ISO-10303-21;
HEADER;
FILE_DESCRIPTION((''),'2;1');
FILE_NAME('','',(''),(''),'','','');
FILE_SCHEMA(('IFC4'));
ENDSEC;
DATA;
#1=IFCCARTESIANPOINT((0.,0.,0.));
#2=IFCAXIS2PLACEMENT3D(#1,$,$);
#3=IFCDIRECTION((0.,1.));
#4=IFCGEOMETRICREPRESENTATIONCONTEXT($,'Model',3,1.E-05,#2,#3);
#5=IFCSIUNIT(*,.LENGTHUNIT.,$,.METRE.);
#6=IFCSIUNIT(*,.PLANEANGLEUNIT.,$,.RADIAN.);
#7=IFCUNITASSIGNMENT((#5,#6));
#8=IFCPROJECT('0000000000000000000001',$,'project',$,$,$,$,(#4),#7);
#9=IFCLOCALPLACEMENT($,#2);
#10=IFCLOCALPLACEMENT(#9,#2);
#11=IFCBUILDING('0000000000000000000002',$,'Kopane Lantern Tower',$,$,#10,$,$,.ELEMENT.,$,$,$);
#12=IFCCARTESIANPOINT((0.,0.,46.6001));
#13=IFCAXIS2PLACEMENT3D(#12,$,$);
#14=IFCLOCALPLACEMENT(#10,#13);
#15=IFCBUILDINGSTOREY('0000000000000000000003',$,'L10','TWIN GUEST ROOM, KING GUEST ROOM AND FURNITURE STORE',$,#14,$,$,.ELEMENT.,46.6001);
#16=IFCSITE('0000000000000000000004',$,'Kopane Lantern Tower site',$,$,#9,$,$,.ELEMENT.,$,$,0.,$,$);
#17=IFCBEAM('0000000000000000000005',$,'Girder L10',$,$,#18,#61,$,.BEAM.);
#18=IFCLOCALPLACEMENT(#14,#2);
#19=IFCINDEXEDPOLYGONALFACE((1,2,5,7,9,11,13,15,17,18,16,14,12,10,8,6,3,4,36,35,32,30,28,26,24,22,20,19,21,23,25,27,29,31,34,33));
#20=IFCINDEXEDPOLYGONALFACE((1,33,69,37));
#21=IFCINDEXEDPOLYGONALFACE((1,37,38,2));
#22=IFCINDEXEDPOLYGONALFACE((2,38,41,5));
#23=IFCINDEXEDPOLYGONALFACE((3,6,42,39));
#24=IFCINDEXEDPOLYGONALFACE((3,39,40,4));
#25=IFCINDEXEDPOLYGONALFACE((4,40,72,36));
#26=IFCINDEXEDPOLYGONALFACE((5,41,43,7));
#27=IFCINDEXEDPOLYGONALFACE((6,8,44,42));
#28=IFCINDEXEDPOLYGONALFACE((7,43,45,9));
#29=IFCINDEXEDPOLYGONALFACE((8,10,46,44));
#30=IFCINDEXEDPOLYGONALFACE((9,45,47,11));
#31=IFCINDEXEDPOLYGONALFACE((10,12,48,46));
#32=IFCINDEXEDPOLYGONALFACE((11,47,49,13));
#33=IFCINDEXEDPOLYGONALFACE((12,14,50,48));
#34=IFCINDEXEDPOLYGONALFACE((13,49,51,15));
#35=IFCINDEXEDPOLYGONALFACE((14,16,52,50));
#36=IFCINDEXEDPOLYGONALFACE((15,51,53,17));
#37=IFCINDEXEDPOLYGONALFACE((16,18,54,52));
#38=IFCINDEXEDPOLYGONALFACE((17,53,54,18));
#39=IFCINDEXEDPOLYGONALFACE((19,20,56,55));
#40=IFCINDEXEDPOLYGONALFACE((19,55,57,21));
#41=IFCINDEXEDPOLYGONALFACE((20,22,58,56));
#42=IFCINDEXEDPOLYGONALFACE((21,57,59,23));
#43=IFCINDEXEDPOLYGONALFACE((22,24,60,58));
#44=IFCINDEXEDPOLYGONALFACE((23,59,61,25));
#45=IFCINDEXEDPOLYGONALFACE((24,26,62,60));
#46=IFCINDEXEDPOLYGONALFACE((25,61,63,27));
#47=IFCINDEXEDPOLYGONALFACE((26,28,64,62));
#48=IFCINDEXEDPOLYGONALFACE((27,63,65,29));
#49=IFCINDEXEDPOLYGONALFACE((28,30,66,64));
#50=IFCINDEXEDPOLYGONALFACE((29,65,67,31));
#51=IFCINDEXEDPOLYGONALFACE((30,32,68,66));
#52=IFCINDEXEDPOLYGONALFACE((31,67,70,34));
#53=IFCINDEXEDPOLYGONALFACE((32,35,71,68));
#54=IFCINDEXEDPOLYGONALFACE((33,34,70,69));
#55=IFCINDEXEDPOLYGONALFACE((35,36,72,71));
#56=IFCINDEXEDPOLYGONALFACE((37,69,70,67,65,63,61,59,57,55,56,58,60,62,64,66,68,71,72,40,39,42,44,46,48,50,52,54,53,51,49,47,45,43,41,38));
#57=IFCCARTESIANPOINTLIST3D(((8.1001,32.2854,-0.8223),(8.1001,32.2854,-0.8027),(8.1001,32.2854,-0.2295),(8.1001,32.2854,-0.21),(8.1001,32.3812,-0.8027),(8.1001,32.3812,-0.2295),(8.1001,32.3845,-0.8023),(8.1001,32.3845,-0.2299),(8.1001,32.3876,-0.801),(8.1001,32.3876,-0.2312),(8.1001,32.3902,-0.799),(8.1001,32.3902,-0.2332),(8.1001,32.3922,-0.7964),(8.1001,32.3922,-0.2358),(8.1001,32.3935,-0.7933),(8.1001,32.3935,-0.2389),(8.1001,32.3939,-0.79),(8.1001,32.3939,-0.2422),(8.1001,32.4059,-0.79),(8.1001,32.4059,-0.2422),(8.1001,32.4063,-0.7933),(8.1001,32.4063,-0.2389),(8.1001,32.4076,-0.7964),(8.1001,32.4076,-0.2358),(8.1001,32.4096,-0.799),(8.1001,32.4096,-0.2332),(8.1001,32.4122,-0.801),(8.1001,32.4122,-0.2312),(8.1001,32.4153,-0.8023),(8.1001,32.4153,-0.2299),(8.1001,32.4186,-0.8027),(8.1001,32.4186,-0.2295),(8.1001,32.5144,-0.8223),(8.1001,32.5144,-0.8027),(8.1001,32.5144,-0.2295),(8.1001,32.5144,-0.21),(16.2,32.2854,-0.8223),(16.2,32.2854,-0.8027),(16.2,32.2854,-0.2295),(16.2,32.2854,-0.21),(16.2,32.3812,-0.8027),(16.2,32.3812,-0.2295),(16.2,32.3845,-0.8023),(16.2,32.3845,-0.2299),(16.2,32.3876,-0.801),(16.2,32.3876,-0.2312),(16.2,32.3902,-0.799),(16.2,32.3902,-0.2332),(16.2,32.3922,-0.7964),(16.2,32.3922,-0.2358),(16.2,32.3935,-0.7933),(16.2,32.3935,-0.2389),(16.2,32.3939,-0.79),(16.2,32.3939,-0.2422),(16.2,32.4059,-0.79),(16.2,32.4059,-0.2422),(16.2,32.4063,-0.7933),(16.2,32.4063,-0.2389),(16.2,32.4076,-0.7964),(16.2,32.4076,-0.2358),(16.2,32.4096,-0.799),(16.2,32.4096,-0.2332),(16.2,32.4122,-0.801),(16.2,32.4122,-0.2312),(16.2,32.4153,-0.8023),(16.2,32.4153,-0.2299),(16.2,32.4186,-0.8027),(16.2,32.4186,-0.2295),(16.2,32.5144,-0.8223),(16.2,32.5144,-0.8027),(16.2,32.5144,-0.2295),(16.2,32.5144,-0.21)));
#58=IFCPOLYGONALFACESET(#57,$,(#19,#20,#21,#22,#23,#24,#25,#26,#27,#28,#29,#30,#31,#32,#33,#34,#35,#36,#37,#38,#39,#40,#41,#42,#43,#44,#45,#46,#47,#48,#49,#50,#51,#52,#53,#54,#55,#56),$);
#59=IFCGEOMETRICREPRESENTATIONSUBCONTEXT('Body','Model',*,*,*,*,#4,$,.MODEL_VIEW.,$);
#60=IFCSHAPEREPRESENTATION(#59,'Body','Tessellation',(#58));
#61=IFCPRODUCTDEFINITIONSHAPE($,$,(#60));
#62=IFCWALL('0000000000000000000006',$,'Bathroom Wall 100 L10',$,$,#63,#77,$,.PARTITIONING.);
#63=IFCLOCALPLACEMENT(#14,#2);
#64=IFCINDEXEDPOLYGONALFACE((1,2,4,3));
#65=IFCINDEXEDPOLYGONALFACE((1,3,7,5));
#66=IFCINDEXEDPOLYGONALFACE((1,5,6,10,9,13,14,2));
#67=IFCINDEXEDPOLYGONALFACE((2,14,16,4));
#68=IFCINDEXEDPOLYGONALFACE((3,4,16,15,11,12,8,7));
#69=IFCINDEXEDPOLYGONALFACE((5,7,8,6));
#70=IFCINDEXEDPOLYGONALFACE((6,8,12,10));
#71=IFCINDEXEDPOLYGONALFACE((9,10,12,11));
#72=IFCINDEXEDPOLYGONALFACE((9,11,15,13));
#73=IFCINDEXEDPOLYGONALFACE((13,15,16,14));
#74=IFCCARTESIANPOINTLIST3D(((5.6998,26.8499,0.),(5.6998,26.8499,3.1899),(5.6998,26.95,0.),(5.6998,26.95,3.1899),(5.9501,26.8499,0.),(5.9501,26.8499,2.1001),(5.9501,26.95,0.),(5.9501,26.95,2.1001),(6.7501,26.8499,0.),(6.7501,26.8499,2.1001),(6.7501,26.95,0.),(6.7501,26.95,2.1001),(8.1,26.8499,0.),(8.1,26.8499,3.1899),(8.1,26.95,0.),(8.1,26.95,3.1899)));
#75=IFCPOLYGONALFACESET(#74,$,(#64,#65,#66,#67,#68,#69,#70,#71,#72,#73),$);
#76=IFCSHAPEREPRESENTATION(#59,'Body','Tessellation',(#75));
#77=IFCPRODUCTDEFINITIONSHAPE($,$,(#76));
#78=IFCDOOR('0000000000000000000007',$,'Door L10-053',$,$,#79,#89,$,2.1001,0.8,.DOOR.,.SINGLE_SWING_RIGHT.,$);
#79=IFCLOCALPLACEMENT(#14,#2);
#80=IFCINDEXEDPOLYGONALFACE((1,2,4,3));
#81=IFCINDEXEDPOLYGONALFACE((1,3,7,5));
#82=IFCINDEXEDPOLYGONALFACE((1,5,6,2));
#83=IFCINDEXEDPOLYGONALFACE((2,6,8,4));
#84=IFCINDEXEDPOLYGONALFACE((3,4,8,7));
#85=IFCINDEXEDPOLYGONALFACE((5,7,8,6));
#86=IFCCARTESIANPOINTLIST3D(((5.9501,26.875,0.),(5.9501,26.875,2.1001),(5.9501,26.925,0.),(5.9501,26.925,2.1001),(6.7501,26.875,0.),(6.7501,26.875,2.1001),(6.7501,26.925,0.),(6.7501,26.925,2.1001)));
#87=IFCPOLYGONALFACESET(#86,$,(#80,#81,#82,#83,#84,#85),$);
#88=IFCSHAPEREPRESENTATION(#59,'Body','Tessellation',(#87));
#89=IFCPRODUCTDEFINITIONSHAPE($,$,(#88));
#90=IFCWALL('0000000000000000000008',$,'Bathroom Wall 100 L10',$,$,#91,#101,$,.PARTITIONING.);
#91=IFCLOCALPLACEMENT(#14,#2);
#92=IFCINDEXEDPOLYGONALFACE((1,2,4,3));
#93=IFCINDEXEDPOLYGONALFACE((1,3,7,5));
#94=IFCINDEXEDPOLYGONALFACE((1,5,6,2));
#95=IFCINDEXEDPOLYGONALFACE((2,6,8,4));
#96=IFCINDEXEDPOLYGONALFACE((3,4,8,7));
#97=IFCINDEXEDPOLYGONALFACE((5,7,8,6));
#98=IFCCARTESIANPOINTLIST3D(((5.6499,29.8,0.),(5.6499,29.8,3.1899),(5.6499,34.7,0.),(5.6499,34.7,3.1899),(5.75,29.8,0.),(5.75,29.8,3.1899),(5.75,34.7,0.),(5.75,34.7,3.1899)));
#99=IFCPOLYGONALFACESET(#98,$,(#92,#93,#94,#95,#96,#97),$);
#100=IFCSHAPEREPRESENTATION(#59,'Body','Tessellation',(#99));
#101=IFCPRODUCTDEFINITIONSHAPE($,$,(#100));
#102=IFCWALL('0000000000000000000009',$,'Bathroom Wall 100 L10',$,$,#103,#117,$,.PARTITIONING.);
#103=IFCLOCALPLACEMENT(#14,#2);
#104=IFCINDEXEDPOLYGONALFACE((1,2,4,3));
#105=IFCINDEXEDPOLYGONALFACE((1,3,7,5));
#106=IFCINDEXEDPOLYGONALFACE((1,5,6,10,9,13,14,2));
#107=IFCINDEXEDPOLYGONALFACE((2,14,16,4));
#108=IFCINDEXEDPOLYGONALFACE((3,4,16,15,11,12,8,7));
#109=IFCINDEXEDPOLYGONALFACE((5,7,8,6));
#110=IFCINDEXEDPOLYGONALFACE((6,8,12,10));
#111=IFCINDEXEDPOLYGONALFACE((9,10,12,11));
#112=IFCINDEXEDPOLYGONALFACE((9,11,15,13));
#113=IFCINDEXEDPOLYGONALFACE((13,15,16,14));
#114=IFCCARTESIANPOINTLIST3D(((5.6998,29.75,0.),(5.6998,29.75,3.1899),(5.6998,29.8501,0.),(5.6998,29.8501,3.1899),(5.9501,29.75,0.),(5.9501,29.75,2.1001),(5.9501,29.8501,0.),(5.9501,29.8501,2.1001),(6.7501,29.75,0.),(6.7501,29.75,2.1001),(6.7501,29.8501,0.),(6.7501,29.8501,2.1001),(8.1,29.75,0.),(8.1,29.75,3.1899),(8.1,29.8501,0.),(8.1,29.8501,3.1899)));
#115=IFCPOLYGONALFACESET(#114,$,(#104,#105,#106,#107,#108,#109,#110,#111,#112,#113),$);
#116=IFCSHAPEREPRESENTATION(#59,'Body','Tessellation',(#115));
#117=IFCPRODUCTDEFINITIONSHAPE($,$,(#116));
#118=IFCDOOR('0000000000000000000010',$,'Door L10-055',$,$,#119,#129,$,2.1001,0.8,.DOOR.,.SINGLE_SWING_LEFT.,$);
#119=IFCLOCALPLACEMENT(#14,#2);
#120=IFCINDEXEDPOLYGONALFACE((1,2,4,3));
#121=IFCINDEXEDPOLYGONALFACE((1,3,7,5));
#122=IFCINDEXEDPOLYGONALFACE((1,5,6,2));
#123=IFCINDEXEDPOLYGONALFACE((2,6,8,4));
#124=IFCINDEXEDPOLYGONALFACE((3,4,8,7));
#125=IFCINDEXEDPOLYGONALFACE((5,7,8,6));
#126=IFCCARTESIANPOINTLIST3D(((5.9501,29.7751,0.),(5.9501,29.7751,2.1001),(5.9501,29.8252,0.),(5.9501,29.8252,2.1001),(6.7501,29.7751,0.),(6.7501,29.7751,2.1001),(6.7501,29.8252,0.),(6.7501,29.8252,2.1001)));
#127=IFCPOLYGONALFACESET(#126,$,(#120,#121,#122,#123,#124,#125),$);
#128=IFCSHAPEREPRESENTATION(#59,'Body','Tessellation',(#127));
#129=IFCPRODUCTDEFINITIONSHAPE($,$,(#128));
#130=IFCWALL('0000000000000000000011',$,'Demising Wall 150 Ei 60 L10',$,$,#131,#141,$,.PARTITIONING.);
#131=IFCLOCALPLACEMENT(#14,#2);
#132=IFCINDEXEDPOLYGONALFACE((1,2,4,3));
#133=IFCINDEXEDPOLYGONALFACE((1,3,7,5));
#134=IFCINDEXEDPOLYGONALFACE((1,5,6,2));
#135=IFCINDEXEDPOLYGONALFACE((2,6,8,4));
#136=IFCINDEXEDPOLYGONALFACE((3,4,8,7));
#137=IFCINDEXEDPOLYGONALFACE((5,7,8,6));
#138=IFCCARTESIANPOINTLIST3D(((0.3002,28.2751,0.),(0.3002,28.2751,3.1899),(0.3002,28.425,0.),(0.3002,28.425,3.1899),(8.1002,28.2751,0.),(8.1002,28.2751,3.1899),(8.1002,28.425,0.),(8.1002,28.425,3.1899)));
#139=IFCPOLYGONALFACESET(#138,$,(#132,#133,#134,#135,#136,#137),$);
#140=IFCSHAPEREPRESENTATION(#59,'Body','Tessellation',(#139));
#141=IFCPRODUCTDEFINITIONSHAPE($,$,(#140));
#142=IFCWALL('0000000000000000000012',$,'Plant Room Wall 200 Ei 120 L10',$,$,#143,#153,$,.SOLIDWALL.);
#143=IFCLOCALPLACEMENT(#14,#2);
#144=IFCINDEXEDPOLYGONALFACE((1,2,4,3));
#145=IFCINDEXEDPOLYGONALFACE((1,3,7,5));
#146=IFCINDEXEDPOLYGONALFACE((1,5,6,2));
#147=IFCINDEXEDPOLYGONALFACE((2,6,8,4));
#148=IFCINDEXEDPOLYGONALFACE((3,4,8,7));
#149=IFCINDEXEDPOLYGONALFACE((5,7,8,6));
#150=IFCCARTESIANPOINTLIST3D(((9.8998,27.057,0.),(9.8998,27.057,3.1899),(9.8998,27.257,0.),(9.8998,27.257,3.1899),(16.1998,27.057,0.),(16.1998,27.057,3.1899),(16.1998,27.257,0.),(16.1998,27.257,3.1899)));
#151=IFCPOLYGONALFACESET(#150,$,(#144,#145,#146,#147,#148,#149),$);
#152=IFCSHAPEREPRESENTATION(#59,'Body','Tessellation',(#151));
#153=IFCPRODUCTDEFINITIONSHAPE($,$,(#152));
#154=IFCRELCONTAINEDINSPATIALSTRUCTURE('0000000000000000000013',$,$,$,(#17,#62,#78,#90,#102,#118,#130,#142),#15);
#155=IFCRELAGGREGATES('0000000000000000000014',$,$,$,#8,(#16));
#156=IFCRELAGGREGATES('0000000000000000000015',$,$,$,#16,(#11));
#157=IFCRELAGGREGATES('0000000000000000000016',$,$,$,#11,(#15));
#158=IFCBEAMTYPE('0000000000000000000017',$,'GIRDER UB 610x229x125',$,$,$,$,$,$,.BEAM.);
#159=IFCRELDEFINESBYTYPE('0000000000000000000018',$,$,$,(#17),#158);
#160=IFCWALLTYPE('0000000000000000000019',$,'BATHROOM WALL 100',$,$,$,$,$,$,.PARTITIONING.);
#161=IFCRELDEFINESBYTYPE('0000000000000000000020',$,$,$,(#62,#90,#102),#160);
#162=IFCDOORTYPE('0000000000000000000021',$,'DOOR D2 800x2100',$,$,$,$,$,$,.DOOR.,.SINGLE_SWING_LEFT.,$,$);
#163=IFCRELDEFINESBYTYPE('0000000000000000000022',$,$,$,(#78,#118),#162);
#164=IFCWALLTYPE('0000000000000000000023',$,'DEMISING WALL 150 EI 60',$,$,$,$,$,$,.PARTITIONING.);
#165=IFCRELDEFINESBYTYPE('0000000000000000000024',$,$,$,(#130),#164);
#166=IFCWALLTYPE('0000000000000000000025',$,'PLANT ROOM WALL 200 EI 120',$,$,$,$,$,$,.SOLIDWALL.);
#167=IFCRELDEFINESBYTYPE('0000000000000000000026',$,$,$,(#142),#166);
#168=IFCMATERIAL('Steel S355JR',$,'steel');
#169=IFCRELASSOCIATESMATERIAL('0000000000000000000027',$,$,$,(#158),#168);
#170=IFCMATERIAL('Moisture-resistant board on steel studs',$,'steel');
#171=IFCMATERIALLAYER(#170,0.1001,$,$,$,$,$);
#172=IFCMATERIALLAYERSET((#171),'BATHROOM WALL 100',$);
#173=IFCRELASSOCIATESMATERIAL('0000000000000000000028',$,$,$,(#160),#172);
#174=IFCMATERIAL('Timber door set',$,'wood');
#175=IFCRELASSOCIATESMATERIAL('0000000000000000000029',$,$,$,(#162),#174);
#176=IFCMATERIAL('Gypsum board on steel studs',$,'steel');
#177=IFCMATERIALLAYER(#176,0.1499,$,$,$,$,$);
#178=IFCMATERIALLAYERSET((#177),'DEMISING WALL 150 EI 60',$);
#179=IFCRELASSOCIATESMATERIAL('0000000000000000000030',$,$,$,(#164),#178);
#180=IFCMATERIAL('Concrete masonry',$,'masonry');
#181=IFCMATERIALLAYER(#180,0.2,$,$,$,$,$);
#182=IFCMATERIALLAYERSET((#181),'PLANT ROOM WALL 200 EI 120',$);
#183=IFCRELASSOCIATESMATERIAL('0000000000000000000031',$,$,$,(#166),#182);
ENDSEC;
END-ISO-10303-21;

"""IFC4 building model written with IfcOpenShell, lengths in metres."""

from ifc_helpers import new_model, si_unit, direction, frame, frame_2d, origin, origin_2d, place, context, subcontext, project, spatial, rectangle, i_section, extrude, material, layer, layer_set, material_profile, profile_set, type_object, element, fill, save


model = new_model("IFC4")

# Units and contexts
model_context = context("Model", 3, precision=1e-05, world=origin(), true_north=direction((0.0, 1.0)))
body_context = subcontext(model_context, "Body", "Model", "MODEL_VIEW")
ifc_project = project(units=[si_unit("LENGTHUNIT", "METRE"), si_unit("PLANEANGLEUNIT", "RADIAN")], contexts=[model_context])

# Site, building, storey
site_placement = place(None, origin())
site = spatial("IfcSite", under=ifc_project, at=site_placement, Name="Kopane Lantern Tower site", CompositionType="ELEMENT", RefElevation=0.0)
building_placement = place(site_placement, origin())
building = spatial("IfcBuilding", under=site, at=building_placement, Name="Kopane Lantern Tower", CompositionType="ELEMENT")
storey_placement = place(building_placement, frame((0.0, 0.0, 46.6001)))
storey = spatial("IfcBuildingStorey", under=building, at=storey_placement, Name="L10", Description="TWIN GUEST ROOM, KING GUEST ROOM AND FURNITURE STORE", CompositionType="ELEMENT", Elevation=46.6001)

# Beam
ifc_material_1 = material(Name="Steel S355JR", Category="steel")
ifc_material_profile_1 = material_profile(ifc_material_1, i_section(OverallWidth=0.229, OverallDepth=0.6123, WebThickness=0.012, FlangeThickness=0.0195, FilletRadius=0.0127, at=origin_2d()), Name="UB 610x229x125")
ifc_profile_set_1 = profile_set([ifc_material_profile_1], Name="Steel S355JR")
beam_type = type_object("IfcBeamType", Name="GIRDER UB 610x229x125", PredefinedType="BEAM", material=ifc_profile_set_1)
beam_placement = place(storey_placement, frame((8.1001, 32.3999, -0.5161), z_axis=(1.0, 0.0, 0.0), x_axis=(0.0, 1.0, 0.0)))
element("IfcBeam", 1, at=beam_placement, inside=storey, type_object=beam_type, Name="Girder L10", PredefinedType="BEAM", context=body_context, shape_type="SweptSolid", body=[
    extrude(i_section(OverallWidth=0.229, OverallDepth=0.6123, WebThickness=0.012, FlangeThickness=0.0195, FilletRadius=0.0127, at=origin_2d()), origin(), (0.0, 0.0, 1.0), 8.0999),
])

# Wall, opening, door
ifc_material_2 = material(Name="Moisture-resistant board on steel studs", Category="steel")
ifc_layer_1 = layer(ifc_material_2, 0.1001)
ifc_layer_set_1 = layer_set([ifc_layer_1], Name="BATHROOM WALL 100")
wall_type_1 = type_object("IfcWallType", Name="BATHROOM WALL 100", PredefinedType="PARTITIONING", material=ifc_layer_set_1)
wall_1_placement = place(storey_placement, frame((8.1001, 26.8999, 0.0), z_axis=(0.0, 0.0, 1.0), x_axis=(-1.0, 0.0, 0.0)))
wall_1 = element("IfcWall", 2, at=wall_1_placement, inside=storey, type_object=wall_type_1, Name="Bathroom Wall 100 L10", PredefinedType="PARTITIONING", context=body_context, shape_type="SweptSolid", body=[
    extrude(rectangle(XDim=2.4001, YDim=0.1001, at=frame_2d((1.2002, 0.0))), origin(), (0.0, 0.0, 1.0), 3.1899),
])
opening_1_placement = place(wall_1_placement, frame((1.3501, 0.0, 0.0)))
opening_1 = element("IfcOpeningElement", 3, at=opening_1_placement, cuts=wall_1, PredefinedType="OPENING", context=body_context, shape_type="SweptSolid", body=[
    extrude(rectangle(XDim=0.8, YDim=2.1001, at=frame_2d((0.3999, 1.05))), frame((0.0, 0.0601, 0.0), z_axis=(0.0, -1.0, 0.0), x_axis=(1.0, 0.0, 0.0)), (0.0, 0.0, 1.0), 0.1201),
])
ifc_material_3 = material(Name="Timber door set", Category="wood")
door_type = type_object("IfcDoorType", Name="DOOR D2 800x2100", OperationType="SINGLE_SWING_LEFT", PredefinedType="DOOR", material=ifc_material_3)
door_1_placement = place(opening_1_placement, origin())
door_1 = element("IfcDoor", 4, at=door_1_placement, inside=storey, type_object=door_type, Name="Door L10-053", OperationType="SINGLE_SWING_RIGHT", OverallHeight=2.1001, OverallWidth=0.8, PredefinedType="DOOR", context=body_context, shape_type="SweptSolid", body=[
    extrude(rectangle(XDim=0.8, YDim=2.1001, at=frame_2d((0.3999, 1.05))), frame((0.0, 0.0249, 0.0), z_axis=(0.0, -1.0, 0.0), x_axis=(1.0, 0.0, 0.0)), (0.0, 0.0, 1.0), 0.05),
])
fill(opening_1, door_1)

# Wall
wall_2_placement = place(storey_placement, frame((5.7, 29.8, 0.0), z_axis=(0.0, 0.0, 1.0), x_axis=(0.0, 1.0, 0.0)))
element("IfcWall", 5, at=wall_2_placement, inside=storey, type_object=wall_type_1, Name="Bathroom Wall 100 L10", PredefinedType="PARTITIONING", context=body_context, shape_type="SweptSolid", body=[
    extrude(rectangle(XDim=4.8999, YDim=0.1001, at=frame_2d((2.45, 0.0))), origin(), (0.0, 0.0, 1.0), 3.1899),
])

# Wall, opening, door
wall_3_placement = place(storey_placement, frame((8.1001, 29.8, 0.0), z_axis=(0.0, 0.0, 1.0), x_axis=(-1.0, 0.0, 0.0)))
wall_3 = element("IfcWall", 6, at=wall_3_placement, inside=storey, type_object=wall_type_1, Name="Bathroom Wall 100 L10", PredefinedType="PARTITIONING", context=body_context, shape_type="SweptSolid", body=[
    extrude(rectangle(XDim=2.4001, YDim=0.1001, at=frame_2d((1.2002, 0.0))), origin(), (0.0, 0.0, 1.0), 3.1899),
])
opening_2_placement = place(wall_3_placement, frame((1.3501, 0.0, 0.0)))
opening_2 = element("IfcOpeningElement", 7, at=opening_2_placement, cuts=wall_3, PredefinedType="OPENING", context=body_context, shape_type="SweptSolid", body=[
    extrude(rectangle(XDim=0.8, YDim=2.1001, at=frame_2d((0.3999, 1.05))), frame((0.0, 0.0601, 0.0), z_axis=(0.0, -1.0, 0.0), x_axis=(1.0, 0.0, 0.0)), (0.0, 0.0, 1.0), 0.1201),
])
door_2_placement = place(opening_2_placement, origin())
door_2 = element("IfcDoor", 8, at=door_2_placement, inside=storey, type_object=door_type, Name="Door L10-055", OperationType="SINGLE_SWING_LEFT", OverallHeight=2.1001, OverallWidth=0.8, PredefinedType="DOOR", context=body_context, shape_type="SweptSolid", body=[
    extrude(rectangle(XDim=0.8, YDim=2.1001, at=frame_2d((0.3999, 1.05))), frame((0.0, 0.0249, 0.0), z_axis=(0.0, -1.0, 0.0), x_axis=(1.0, 0.0, 0.0)), (0.0, 0.0, 1.0), 0.05),
])
fill(opening_2, door_2)

# Walls
ifc_material_4 = material(Name="Gypsum board on steel studs", Category="steel")
ifc_layer_2 = layer(ifc_material_4, 0.1499)
ifc_layer_set_2 = layer_set([ifc_layer_2], Name="DEMISING WALL 150 EI 60")
wall_type_2 = type_object("IfcWallType", Name="DEMISING WALL 150 EI 60", PredefinedType="PARTITIONING", material=ifc_layer_set_2)
wall_4_placement = place(storey_placement, frame((8.1001, 28.3501, 0.0), z_axis=(0.0, 0.0, 1.0), x_axis=(-1.0, 0.0, 0.0)))
element("IfcWall", 9, at=wall_4_placement, inside=storey, type_object=wall_type_2, Name="Demising Wall 150 Ei 60 L10", PredefinedType="PARTITIONING", context=body_context, shape_type="SweptSolid", body=[
    extrude(rectangle(XDim=7.8, YDim=0.1499, at=frame_2d((3.8999, 0.0))), origin(), (0.0, 0.0, 1.0), 3.1899),
])
ifc_material_5 = material(Name="Concrete masonry", Category="masonry")
ifc_layer_3 = layer(ifc_material_5, 0.2)
ifc_layer_set_3 = layer_set([ifc_layer_3], Name="PLANT ROOM WALL 200 EI 120")
wall_type_3 = type_object("IfcWallType", Name="PLANT ROOM WALL 200 EI 120", PredefinedType="SOLIDWALL", material=ifc_layer_set_3)
wall_5_placement = place(storey_placement, frame((9.8999, 27.157, 0.0), z_axis=(0.0, 0.0, 1.0), x_axis=(1.0, 0.0, 0.0)))
element("IfcWall", 10, at=wall_5_placement, inside=storey, type_object=wall_type_3, Name="Plant Room Wall 200 Ei 120 L10", PredefinedType="SOLIDWALL", context=body_context, shape_type="SweptSolid", body=[
    extrude(rectangle(XDim=6.3, YDim=0.2, at=frame_2d((3.1499, 0.0))), origin(), (0.0, 0.0, 1.0), 3.1899),
])

save(model, "model.ifc")
